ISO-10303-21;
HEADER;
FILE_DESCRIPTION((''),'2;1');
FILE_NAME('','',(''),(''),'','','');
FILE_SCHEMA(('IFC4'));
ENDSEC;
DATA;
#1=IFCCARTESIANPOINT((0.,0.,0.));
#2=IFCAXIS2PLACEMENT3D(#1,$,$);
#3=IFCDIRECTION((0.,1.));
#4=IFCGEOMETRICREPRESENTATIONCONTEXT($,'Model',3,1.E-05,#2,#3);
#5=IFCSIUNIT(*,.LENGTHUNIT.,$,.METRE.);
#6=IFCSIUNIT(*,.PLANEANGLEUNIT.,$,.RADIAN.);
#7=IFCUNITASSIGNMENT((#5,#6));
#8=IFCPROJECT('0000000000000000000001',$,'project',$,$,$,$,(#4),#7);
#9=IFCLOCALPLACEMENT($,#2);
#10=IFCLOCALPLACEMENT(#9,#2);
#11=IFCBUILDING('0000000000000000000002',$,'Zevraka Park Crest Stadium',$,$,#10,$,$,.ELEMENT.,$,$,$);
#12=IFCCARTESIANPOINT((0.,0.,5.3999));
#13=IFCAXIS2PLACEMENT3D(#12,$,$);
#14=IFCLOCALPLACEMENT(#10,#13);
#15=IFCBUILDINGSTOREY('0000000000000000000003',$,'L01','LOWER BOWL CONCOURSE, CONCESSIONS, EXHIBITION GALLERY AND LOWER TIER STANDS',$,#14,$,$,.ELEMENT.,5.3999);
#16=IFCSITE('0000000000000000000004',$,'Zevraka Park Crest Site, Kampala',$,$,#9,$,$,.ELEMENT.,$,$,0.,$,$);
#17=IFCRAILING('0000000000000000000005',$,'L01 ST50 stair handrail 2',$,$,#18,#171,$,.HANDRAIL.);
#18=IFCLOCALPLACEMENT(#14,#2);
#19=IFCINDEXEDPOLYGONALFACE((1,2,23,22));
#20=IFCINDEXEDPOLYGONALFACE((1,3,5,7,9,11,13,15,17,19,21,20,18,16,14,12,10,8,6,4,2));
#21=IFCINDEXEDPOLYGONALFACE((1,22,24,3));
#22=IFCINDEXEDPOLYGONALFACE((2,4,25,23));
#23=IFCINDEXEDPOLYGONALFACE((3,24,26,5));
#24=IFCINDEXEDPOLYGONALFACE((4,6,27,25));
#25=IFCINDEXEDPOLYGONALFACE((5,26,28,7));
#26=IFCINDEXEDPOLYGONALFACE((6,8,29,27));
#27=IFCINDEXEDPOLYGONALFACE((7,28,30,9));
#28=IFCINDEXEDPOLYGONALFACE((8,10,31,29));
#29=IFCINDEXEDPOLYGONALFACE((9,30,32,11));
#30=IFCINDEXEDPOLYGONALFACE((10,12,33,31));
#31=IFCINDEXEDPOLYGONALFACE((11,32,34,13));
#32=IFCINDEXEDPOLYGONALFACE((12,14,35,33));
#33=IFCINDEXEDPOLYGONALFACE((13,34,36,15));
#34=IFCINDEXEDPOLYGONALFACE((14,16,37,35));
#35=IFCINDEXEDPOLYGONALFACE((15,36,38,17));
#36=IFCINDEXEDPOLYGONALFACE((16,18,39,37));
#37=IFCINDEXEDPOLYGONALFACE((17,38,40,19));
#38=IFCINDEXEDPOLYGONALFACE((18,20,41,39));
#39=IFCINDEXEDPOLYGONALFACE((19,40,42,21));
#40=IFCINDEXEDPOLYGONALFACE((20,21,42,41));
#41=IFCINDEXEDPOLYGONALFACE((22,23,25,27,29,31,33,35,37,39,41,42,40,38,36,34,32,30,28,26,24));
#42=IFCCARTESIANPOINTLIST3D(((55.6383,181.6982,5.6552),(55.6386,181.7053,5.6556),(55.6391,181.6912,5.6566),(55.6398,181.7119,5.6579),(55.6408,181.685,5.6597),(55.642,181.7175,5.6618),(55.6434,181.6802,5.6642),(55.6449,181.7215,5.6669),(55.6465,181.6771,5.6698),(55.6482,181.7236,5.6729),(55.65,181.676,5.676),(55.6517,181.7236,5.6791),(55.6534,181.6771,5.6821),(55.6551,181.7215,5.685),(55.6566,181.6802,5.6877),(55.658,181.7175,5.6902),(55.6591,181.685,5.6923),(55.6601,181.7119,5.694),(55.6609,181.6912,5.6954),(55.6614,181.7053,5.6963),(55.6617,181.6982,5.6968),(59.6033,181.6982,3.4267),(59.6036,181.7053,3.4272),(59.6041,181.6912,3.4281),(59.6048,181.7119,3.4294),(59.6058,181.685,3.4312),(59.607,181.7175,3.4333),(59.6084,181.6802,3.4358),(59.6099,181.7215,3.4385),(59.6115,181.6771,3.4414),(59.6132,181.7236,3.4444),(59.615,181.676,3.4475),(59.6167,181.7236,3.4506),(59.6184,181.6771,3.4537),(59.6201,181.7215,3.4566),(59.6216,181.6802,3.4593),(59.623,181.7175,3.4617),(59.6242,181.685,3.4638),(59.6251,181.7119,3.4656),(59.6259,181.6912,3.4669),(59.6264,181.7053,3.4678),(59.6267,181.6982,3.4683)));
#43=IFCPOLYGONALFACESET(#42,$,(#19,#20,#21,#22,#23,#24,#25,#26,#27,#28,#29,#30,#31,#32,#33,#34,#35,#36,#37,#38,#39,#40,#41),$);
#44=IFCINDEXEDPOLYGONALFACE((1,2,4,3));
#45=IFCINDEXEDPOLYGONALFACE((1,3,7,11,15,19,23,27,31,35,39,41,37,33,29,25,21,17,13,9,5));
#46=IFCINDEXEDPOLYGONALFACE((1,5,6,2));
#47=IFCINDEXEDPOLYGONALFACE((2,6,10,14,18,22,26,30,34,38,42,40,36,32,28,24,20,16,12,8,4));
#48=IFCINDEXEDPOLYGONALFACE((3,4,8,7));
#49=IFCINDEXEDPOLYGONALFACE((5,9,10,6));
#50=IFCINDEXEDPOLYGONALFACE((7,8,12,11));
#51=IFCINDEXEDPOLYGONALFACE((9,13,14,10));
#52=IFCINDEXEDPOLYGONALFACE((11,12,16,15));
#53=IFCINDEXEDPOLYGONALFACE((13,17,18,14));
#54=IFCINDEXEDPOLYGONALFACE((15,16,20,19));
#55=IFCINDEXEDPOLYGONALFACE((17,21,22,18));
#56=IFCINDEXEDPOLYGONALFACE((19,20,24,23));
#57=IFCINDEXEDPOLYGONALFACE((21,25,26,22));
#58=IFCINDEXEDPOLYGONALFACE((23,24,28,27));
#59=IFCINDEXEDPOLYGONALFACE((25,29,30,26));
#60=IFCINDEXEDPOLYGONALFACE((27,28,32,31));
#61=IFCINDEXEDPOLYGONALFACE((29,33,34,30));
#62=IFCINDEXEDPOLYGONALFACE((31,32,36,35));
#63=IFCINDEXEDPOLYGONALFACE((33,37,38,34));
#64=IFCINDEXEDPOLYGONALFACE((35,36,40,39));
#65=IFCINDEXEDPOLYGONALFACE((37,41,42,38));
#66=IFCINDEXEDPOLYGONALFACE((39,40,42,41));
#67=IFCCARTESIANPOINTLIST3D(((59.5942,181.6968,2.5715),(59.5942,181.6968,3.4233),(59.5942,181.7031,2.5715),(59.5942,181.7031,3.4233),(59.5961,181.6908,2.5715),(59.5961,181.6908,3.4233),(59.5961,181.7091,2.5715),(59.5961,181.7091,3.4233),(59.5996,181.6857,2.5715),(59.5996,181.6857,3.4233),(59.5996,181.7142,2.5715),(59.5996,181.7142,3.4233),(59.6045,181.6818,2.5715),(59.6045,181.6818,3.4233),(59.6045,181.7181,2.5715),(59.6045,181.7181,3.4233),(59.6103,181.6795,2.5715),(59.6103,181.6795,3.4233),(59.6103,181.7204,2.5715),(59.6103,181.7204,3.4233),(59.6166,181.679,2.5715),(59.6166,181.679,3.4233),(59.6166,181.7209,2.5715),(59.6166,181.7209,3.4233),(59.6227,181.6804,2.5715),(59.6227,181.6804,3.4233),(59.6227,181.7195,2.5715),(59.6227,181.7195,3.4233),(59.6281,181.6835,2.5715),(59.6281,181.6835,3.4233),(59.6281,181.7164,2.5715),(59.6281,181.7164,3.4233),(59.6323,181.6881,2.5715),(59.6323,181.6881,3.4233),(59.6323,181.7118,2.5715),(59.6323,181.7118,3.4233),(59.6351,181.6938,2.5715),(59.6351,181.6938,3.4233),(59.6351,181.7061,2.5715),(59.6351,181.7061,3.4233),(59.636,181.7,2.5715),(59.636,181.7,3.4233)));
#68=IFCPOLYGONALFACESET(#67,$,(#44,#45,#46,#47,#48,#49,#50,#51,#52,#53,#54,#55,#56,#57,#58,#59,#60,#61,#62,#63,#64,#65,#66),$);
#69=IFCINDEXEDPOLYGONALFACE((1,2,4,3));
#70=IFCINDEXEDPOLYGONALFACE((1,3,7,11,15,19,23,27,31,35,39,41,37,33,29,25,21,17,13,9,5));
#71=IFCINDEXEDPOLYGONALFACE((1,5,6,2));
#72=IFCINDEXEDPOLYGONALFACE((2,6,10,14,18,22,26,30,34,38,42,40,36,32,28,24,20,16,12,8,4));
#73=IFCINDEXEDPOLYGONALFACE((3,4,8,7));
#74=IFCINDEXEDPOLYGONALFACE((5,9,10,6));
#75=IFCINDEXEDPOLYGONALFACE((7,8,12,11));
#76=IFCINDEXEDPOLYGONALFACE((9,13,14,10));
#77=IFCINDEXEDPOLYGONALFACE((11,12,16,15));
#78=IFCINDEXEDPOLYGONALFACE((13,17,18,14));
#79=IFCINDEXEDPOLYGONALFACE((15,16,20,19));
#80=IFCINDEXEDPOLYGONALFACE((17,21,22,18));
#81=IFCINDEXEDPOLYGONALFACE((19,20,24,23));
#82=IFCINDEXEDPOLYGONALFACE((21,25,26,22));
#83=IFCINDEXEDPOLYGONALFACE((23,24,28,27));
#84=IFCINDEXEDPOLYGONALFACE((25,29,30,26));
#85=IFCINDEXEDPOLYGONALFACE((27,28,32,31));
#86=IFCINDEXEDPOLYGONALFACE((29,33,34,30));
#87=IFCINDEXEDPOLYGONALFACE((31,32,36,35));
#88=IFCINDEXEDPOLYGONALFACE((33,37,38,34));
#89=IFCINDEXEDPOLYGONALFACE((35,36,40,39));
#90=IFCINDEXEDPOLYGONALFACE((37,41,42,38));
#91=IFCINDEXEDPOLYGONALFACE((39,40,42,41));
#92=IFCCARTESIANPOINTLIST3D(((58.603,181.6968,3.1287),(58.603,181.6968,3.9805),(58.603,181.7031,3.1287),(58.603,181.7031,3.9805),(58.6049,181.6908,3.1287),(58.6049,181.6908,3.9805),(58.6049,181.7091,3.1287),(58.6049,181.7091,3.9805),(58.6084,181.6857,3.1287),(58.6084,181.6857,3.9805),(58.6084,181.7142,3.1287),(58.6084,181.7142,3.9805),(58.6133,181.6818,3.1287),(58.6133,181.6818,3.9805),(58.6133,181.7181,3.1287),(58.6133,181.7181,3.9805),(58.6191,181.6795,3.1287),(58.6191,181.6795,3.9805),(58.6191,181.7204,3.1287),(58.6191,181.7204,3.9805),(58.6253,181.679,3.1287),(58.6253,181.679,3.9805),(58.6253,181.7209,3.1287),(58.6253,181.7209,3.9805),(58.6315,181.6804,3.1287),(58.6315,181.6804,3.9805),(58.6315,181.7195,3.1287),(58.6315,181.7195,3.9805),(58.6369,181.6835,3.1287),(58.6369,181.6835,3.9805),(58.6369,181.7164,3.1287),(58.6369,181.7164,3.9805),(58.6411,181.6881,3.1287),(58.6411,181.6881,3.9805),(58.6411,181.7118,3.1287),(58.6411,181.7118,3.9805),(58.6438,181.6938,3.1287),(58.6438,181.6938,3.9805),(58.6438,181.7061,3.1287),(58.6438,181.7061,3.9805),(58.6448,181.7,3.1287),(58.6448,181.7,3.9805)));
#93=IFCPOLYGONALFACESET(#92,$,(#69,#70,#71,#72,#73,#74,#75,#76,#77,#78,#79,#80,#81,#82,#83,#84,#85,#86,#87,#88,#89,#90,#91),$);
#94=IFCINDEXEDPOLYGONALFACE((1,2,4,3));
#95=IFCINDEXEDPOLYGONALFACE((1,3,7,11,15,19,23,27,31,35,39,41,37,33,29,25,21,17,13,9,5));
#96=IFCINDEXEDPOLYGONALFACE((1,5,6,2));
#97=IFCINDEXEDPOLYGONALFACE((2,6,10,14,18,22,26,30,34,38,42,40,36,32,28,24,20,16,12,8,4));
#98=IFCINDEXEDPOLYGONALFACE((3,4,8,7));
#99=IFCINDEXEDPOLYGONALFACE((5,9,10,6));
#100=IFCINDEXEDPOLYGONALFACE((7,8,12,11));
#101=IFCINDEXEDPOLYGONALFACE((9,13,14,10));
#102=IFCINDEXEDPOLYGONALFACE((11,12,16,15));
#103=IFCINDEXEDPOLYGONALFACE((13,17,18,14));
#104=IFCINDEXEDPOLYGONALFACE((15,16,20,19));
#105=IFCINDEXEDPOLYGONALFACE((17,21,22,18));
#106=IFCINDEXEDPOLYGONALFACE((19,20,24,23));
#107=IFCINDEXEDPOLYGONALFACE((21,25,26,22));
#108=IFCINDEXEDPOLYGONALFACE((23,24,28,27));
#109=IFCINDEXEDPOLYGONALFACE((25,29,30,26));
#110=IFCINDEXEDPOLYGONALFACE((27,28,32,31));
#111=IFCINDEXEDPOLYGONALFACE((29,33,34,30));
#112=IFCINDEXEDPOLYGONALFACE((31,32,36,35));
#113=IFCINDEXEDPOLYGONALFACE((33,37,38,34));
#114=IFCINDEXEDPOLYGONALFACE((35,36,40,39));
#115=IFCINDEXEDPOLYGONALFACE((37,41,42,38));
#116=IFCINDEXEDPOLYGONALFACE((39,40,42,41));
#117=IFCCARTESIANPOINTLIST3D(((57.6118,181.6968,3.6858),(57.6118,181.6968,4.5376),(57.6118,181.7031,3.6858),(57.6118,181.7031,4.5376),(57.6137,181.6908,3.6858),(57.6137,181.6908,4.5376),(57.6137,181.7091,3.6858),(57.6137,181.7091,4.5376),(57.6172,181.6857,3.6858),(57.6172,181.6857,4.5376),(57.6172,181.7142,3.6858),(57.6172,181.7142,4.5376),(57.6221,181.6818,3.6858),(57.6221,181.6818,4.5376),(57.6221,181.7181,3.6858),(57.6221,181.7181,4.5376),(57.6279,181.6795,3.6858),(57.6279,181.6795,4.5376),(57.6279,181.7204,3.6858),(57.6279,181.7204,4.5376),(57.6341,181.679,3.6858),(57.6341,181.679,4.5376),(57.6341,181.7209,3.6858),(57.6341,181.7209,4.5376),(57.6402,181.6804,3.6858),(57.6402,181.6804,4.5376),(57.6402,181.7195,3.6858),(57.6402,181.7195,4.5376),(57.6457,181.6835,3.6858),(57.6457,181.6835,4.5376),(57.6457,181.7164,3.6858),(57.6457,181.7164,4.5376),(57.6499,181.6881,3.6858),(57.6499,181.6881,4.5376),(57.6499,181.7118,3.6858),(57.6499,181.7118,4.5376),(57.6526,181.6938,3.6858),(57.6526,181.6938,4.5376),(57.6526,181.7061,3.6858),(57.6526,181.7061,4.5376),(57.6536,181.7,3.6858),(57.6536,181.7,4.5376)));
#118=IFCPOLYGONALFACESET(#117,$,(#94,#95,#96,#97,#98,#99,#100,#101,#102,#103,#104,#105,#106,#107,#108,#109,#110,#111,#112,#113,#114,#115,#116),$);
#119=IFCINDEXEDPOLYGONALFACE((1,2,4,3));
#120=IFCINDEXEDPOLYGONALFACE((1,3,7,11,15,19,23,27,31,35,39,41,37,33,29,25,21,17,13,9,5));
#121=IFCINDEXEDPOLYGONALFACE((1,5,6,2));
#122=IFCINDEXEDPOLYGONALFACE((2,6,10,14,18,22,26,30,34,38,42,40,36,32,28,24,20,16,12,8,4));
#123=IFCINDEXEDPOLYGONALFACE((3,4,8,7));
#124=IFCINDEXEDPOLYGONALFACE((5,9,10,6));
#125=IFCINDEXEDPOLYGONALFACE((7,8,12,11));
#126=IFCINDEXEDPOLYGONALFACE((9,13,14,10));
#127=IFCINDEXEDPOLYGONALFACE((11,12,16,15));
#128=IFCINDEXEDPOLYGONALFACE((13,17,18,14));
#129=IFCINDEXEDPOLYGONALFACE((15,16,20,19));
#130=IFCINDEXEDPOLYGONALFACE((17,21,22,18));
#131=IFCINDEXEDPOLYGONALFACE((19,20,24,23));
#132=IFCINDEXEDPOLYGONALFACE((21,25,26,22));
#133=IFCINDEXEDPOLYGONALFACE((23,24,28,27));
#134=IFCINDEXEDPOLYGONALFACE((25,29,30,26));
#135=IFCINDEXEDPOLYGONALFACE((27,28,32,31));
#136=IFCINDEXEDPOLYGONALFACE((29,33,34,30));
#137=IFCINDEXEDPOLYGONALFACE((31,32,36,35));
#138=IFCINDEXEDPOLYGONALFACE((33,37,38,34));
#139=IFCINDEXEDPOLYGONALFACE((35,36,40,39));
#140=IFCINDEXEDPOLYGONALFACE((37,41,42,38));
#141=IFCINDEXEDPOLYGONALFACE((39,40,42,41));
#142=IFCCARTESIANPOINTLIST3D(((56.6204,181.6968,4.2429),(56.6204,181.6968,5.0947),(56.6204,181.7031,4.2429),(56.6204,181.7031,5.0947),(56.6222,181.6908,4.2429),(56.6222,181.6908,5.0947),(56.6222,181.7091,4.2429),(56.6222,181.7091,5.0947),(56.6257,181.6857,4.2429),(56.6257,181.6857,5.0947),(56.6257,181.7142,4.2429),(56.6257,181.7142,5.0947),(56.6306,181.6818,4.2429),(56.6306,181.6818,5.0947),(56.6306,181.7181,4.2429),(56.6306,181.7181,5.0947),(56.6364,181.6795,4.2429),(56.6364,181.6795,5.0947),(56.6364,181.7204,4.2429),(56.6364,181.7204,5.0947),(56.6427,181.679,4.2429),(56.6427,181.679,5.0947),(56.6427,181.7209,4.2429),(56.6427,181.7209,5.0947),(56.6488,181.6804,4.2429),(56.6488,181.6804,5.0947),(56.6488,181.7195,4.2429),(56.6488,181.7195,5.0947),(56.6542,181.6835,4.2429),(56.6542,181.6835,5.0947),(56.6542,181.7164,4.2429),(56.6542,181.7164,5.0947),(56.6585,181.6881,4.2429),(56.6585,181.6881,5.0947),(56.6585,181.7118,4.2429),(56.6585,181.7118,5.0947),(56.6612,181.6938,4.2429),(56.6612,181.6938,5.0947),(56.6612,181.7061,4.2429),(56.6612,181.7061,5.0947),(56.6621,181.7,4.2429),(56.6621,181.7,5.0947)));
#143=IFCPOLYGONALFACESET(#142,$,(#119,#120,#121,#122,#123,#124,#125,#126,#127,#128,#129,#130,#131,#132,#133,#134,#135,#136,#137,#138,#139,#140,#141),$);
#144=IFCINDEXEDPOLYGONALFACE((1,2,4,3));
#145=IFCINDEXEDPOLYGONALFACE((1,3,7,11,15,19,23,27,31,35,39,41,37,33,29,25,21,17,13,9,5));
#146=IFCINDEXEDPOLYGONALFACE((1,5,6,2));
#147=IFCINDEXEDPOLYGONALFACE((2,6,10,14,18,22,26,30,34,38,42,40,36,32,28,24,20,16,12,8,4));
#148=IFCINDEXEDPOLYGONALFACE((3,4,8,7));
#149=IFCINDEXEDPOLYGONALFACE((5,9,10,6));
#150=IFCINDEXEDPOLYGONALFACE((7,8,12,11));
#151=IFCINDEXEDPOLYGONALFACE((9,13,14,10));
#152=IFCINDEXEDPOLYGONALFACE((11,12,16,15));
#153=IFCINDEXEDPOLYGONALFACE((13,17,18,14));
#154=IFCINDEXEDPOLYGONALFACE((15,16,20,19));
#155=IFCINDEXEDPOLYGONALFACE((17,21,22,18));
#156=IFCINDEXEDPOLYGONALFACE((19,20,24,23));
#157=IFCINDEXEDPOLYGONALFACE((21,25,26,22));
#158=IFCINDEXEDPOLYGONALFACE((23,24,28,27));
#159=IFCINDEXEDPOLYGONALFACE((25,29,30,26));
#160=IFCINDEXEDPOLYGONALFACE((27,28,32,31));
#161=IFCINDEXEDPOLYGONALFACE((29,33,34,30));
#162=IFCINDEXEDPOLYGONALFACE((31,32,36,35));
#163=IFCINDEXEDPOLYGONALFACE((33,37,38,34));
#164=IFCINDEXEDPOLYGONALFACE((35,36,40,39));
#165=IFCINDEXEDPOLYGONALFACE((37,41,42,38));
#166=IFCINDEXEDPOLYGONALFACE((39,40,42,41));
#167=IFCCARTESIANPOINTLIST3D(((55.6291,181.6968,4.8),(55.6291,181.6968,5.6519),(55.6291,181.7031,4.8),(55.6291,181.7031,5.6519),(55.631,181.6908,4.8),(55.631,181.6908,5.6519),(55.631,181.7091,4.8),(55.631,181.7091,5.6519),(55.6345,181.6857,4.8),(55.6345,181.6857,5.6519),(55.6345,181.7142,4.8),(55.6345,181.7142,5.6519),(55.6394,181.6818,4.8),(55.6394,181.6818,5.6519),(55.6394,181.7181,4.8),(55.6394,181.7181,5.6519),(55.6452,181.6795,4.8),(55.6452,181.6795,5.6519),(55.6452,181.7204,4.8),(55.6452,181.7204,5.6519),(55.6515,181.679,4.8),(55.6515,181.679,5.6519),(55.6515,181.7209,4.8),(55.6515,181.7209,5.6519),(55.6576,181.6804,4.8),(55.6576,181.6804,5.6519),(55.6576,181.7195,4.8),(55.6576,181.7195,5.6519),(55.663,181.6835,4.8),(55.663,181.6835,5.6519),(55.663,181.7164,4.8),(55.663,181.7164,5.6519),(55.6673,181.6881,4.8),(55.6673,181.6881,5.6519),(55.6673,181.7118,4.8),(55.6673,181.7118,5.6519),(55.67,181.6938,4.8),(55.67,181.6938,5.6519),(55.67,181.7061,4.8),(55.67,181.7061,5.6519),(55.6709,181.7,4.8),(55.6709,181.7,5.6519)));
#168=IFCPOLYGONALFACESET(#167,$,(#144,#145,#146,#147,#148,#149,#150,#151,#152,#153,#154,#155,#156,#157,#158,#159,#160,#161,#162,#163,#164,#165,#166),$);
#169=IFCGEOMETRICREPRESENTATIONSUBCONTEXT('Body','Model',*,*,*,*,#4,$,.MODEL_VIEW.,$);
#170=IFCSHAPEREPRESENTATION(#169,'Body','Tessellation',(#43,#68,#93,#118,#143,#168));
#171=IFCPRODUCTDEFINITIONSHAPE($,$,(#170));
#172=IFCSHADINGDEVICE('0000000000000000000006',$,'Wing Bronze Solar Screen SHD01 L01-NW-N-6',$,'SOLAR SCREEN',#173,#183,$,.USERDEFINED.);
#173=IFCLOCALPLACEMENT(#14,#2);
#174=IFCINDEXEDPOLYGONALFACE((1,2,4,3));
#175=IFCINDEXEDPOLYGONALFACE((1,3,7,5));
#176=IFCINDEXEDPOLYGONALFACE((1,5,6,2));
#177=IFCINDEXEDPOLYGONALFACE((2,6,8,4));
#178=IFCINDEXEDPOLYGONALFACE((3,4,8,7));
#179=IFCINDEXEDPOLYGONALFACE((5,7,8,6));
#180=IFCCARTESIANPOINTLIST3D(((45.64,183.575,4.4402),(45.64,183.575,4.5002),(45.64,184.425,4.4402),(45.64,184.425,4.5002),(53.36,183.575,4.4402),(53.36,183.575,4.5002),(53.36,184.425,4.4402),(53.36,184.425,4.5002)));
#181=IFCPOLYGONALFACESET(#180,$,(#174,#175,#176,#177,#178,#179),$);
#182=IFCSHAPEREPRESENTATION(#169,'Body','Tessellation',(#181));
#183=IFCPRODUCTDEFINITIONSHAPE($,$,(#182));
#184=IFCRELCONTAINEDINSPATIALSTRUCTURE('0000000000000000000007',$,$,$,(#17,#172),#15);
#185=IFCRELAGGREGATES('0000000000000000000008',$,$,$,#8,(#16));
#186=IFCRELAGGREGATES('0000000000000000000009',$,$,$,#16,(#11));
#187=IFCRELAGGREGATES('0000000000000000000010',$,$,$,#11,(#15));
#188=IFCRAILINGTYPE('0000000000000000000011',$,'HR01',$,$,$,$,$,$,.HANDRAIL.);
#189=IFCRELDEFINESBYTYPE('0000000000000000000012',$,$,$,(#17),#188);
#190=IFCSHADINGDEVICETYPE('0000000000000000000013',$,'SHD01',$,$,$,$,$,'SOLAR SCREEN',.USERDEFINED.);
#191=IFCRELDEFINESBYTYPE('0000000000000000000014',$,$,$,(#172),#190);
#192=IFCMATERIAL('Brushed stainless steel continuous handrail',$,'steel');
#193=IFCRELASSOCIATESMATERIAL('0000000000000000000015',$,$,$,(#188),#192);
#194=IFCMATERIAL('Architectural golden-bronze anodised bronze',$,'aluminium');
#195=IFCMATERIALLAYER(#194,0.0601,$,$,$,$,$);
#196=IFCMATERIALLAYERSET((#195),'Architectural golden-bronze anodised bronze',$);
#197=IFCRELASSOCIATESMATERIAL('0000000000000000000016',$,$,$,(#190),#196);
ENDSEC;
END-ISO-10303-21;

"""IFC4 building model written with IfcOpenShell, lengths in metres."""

from ifc_helpers import new_model, si_unit, direction, frame, origin, origin_2d, place, context, subcontext, project, spatial, rectangle, circle, extrude, material, layer, layer_set, type_object, element, save


model = new_model("IFC4")

# Units and contexts
model_context = context("Model", 3, precision=1e-05, world=origin(), true_north=direction((0.0, 1.0)))
body_context = subcontext(model_context, "Body", "Model", "MODEL_VIEW")
ifc_project = project(units=[si_unit("LENGTHUNIT", "METRE"), si_unit("PLANEANGLEUNIT", "RADIAN")], contexts=[model_context])

# Site, building, storey
site_placement = place(None, origin())
site = spatial("IfcSite", under=ifc_project, at=site_placement, Name="Zevraka Park Crest Site, Kampala", CompositionType="ELEMENT", RefElevation=0.0)
building_placement = place(site_placement, origin())
building = spatial("IfcBuilding", under=site, at=building_placement, Name="Zevraka Park Crest Stadium", CompositionType="ELEMENT")
storey_placement = place(building_placement, frame((0.0, 0.0, 5.3999)))
storey = spatial("IfcBuildingStorey", under=building, at=storey_placement, Name="L01", Description="LOWER BOWL CONCOURSE, CONCESSIONS, EXHIBITION GALLERY AND LOWER TIER STANDS", CompositionType="ELEMENT", Elevation=5.3999)

# Railing
ifc_material_1 = material(Name="Brushed stainless steel continuous handrail", Category="steel")
railing_type_1 = type_object("IfcRailingType", Name="HR01", PredefinedType="HANDRAIL", material=ifc_material_1)
railing_1_placement = place(storey_placement, frame((59.615, 181.7, 2.5715)))
element("IfcRailing", 1, at=railing_1_placement, inside=storey, type_object=railing_type_1, Name="L01 ST50 stair handrail 2", PredefinedType="HANDRAIL", context=body_context, shape_type="SweptSolid", body=[
    extrude(circle(Radius=0.0239, at=origin_2d()), frame((0.0, 0.0, 0.876), z_axis=(-0.871749, 0.0, 0.489953), x_axis=(0.0, -1.0, 0.0)), (0.0, 0.0, 1.0), 4.5483),
    extrude(circle(Radius=0.021, at=origin_2d()), origin(), (0.0, 0.0, 1.0), 0.8518),
    extrude(circle(Radius=0.021, at=origin_2d()), frame((-0.9912, 0.0, 0.5571)), (0.0, 0.0, 1.0), 0.8518),
    extrude(circle(Radius=0.021, at=origin_2d()), frame((-1.9824, 0.0, 1.1143)), (0.0, 0.0, 1.0), 0.8518),
    extrude(circle(Radius=0.021, at=origin_2d()), frame((-2.9739, 0.0, 1.6714)), (0.0, 0.0, 1.0), 0.8518),
    extrude(circle(Radius=0.021, at=origin_2d()), frame((-3.9651, 0.0, 2.2285)), (0.0, 0.0, 1.0), 0.8518),
])

# Shading device
ifc_material_2 = material(Name="Architectural golden-bronze anodised bronze", Category="aluminium")
ifc_layer_1 = layer(ifc_material_2, 0.0601)
ifc_layer_set_1 = layer_set([ifc_layer_1], Name="Architectural golden-bronze anodised bronze")
shading_device_type = type_object("IfcShadingDeviceType", Name="SHD01", ElementType="SOLAR SCREEN", PredefinedType="USERDEFINED", material=ifc_layer_set_1)
shading_device_placement = place(storey_placement, frame((49.5, 184.0, 4.4402), z_axis=(0.0, 0.0, 1.0), x_axis=(1.0, 0.0, 0.0)))
element("IfcShadingDevice", 2, at=shading_device_placement, inside=storey, type_object=shading_device_type, Name="Wing Bronze Solar Screen SHD01 L01-NW-N-6", ObjectType="SOLAR SCREEN", PredefinedType="USERDEFINED", context=body_context, shape_type="SweptSolid", body=[
    extrude(rectangle(XDim=7.72, YDim=0.8501, at=origin_2d()), origin(), (0.0, 0.0, 1.0), 0.0601),
])

save(model, "model.ifc")
